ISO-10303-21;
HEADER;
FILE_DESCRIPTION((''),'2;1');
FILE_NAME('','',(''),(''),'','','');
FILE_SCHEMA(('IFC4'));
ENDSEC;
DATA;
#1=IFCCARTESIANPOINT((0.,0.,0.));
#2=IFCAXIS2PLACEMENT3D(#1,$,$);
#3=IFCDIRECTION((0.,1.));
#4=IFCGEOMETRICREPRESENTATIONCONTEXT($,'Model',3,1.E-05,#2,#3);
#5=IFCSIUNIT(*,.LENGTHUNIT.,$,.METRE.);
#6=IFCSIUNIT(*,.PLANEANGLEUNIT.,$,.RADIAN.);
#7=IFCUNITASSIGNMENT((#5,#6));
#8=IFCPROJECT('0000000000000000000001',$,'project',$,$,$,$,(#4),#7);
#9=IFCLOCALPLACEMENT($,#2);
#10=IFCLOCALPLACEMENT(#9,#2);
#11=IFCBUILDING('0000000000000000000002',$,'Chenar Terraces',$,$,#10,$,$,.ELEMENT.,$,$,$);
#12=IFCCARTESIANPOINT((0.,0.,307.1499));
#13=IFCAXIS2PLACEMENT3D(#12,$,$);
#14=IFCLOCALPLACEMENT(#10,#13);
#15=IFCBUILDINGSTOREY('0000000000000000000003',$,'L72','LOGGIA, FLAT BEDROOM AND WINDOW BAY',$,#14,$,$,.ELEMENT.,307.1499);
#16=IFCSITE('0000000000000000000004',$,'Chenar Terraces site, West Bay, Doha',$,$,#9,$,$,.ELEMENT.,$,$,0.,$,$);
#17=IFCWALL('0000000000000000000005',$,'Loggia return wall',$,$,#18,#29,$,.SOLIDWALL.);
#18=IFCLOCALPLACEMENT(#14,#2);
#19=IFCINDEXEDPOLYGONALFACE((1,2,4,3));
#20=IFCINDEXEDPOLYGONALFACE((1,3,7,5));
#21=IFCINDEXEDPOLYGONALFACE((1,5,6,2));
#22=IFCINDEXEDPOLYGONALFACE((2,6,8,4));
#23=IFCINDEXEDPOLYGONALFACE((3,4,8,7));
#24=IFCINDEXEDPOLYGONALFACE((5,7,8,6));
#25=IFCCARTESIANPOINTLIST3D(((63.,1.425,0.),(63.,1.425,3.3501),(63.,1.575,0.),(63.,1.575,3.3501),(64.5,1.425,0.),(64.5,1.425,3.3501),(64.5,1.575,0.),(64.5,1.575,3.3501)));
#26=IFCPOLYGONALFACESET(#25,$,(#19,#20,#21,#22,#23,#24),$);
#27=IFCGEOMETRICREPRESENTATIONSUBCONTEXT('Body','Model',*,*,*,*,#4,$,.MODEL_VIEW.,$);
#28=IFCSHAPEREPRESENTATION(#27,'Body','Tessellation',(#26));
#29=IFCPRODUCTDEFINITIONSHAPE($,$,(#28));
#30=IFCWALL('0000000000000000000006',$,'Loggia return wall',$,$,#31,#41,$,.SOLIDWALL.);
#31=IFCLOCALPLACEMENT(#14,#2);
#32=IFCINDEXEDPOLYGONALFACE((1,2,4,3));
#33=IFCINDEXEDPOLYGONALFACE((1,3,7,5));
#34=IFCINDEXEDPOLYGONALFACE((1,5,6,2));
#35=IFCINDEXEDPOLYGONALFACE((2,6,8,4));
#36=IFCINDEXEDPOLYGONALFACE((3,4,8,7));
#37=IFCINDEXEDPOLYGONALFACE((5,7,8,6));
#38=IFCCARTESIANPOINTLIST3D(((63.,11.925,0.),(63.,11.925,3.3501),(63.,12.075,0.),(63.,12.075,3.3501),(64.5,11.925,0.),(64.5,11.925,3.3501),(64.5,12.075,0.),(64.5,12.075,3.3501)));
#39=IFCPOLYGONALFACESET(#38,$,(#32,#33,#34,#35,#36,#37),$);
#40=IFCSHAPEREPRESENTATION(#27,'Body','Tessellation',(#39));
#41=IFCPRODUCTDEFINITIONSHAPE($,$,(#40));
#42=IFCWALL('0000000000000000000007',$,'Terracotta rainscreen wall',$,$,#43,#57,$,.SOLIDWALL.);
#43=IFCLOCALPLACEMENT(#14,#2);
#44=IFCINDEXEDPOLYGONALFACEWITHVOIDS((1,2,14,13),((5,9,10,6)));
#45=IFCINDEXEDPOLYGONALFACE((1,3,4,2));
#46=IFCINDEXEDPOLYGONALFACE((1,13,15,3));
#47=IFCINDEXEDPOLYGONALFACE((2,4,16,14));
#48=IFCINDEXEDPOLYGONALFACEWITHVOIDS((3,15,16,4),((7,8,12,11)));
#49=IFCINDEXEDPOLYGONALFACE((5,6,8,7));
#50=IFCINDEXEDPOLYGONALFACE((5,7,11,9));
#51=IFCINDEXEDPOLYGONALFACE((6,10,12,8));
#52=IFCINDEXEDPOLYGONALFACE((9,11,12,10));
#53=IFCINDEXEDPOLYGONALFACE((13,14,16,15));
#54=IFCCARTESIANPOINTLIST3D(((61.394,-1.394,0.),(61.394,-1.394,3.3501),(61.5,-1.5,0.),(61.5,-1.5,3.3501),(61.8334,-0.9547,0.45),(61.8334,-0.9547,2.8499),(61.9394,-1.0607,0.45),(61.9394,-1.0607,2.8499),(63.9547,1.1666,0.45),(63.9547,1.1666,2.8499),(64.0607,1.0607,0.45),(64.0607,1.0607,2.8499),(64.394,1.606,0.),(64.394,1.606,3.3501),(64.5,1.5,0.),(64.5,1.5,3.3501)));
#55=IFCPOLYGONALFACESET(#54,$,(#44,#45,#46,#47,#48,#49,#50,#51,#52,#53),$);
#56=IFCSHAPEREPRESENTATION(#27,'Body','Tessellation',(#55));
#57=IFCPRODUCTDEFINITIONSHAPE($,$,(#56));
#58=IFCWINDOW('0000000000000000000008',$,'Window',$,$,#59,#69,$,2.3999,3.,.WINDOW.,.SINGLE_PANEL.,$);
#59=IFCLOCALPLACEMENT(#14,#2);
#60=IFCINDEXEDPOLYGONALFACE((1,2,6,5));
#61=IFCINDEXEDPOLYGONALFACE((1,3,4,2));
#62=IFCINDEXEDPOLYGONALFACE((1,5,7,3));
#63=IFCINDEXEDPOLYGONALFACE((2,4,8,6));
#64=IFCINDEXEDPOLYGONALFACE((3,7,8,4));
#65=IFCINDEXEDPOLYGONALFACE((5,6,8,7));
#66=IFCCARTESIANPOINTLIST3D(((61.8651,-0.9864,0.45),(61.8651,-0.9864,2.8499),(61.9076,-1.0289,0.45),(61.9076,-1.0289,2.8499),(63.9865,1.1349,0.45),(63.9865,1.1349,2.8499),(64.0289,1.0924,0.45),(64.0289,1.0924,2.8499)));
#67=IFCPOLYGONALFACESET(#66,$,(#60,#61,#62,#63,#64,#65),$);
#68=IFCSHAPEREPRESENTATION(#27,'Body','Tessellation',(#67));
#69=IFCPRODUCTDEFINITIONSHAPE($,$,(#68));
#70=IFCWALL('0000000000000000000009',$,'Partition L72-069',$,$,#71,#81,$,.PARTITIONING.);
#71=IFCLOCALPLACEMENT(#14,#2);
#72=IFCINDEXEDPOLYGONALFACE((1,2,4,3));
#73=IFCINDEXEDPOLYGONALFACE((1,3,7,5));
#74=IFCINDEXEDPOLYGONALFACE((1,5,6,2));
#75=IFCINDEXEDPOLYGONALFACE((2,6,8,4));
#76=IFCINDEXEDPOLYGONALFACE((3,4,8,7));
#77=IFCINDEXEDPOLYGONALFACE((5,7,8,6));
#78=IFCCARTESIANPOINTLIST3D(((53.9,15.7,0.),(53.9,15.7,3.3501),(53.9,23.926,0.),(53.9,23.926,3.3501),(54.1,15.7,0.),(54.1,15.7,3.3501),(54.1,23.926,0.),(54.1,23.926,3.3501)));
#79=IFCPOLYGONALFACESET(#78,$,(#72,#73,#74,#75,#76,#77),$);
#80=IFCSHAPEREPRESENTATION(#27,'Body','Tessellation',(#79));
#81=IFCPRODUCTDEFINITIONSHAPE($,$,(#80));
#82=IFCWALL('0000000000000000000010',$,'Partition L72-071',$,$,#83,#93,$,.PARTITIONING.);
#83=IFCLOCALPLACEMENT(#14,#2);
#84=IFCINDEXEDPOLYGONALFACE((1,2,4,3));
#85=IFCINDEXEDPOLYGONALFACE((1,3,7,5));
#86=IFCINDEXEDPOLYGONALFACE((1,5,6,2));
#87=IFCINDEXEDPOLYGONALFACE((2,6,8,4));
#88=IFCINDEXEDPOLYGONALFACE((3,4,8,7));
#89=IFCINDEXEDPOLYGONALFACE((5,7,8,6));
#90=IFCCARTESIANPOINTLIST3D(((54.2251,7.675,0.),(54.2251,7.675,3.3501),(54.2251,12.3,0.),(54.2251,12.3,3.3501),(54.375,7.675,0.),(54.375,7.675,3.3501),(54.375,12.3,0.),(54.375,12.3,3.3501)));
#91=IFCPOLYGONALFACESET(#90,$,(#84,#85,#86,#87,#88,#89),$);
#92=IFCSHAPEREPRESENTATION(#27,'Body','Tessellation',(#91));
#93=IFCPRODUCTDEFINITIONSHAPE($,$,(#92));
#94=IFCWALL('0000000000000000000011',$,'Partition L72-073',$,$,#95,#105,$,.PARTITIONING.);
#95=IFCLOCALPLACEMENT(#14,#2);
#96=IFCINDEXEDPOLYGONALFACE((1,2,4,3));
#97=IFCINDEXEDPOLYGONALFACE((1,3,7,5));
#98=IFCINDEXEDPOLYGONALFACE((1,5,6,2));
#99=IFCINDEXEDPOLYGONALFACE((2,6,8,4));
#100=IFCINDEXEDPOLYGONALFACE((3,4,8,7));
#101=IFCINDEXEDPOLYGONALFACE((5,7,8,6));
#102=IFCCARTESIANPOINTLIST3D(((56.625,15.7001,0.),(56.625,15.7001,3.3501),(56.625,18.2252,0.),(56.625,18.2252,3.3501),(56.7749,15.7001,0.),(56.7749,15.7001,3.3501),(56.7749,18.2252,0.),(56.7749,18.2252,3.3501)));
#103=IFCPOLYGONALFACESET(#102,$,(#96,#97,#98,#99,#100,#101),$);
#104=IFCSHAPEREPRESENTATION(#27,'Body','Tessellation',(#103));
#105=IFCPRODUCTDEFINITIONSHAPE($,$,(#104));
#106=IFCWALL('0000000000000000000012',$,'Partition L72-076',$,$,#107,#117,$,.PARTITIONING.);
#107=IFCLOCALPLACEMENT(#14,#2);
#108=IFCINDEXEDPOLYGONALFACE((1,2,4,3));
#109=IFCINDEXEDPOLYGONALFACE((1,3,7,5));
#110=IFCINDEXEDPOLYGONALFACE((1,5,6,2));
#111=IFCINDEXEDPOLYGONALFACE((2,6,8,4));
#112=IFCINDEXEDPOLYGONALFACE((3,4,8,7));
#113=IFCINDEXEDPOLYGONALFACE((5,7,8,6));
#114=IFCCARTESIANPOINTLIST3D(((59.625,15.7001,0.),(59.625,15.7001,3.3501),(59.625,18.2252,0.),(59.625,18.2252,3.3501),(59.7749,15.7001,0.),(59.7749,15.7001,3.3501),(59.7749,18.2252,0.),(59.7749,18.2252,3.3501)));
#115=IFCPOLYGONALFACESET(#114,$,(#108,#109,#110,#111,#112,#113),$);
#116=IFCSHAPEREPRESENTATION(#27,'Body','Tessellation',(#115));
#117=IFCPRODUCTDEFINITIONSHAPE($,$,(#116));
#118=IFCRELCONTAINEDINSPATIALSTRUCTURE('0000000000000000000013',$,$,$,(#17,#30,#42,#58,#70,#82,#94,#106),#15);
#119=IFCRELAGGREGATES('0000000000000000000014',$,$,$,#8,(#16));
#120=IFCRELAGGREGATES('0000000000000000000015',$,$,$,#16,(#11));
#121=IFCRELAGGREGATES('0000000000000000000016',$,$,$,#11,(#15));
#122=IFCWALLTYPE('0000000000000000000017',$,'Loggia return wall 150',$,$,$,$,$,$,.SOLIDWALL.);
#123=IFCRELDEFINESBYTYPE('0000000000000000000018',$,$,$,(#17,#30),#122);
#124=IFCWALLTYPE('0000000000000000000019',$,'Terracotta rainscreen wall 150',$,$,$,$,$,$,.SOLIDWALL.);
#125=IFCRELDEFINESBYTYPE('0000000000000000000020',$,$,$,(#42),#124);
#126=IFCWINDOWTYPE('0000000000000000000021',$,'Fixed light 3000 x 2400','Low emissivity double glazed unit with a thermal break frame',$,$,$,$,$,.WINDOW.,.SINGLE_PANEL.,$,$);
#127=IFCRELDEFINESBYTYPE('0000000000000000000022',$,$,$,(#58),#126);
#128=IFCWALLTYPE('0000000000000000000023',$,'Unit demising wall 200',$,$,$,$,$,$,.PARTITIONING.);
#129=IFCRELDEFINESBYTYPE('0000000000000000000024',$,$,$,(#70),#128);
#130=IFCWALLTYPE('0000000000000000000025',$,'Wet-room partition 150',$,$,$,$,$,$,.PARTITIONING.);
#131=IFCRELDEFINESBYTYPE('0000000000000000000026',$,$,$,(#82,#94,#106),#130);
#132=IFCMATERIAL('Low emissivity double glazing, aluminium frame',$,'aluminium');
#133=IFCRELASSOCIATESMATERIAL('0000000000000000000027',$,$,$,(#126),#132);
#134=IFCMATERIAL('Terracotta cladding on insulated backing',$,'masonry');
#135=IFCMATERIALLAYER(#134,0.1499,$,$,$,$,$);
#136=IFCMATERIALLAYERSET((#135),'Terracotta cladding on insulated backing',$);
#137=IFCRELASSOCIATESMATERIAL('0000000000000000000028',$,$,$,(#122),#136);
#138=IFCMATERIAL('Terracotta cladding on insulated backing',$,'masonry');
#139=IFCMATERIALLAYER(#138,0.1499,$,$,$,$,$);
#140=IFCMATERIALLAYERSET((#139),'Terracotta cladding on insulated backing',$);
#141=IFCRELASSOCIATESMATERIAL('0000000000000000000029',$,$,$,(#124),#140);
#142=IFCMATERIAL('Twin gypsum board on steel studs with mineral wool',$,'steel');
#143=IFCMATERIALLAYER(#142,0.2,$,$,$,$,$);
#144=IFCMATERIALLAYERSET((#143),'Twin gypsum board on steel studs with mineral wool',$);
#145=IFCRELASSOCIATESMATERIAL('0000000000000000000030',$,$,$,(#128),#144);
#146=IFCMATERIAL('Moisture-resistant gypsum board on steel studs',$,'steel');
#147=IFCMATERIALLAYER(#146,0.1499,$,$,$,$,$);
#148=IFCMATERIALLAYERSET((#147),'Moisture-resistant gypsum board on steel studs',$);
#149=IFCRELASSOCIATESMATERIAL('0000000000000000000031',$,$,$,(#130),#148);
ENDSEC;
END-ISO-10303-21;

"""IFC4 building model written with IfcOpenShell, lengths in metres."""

from ifc_helpers import new_model, si_unit, direction, frame, frame_2d, origin, place, context, subcontext, project, spatial, rectangle, extrude, material, layer, layer_set, type_object, element, fill, save


model = new_model("IFC4")

# Units and contexts
model_context = context("Model", 3, precision=1e-05, world=origin(), true_north=direction((0.0, 1.0)))
body_context = subcontext(model_context, "Body", "Model", "MODEL_VIEW")
ifc_project = project(units=[si_unit("LENGTHUNIT", "METRE"), si_unit("PLANEANGLEUNIT", "RADIAN")], contexts=[model_context])

# Site, building, storey
site_placement = place(None, origin())
site = spatial("IfcSite", under=ifc_project, at=site_placement, Name="Chenar Terraces site, West Bay, Doha", CompositionType="ELEMENT", RefElevation=0.0)
building_placement = place(site_placement, origin())
building = spatial("IfcBuilding", under=site, at=building_placement, Name="Chenar Terraces", CompositionType="ELEMENT")
storey_placement = place(building_placement, frame((0.0, 0.0, 307.1499)))
storey = spatial("IfcBuildingStorey", under=building, at=storey_placement, Name="L72", Description="LOGGIA, FLAT BEDROOM AND WINDOW BAY", CompositionType="ELEMENT", Elevation=307.1499)

# Shared definitions
ifc_material_1 = material(Name="Low emissivity double glazing, aluminium frame", Category="aluminium")
window_type_1 = type_object("IfcWindowType", Name="Fixed light 3000 x 2400", Description="Low emissivity double glazed unit with a thermal break frame", PartitioningType="SINGLE_PANEL", PredefinedType="WINDOW", material=ifc_material_1)

# Walls
ifc_material_2 = material(Name="Terracotta cladding on insulated backing", Category="masonry")
ifc_layer_1 = layer(ifc_material_2, 0.1499)
ifc_layer_set_1 = layer_set([ifc_layer_1], Name="Terracotta cladding on insulated backing")
wall_type_1 = type_object("IfcWallType", Name="Loggia return wall 150", PredefinedType="SOLIDWALL", material=ifc_layer_set_1)
for number, where, z_axis, x_axis, name in (
    (1, (64.5, 1.5, 0.0), (0.0, 0.0, 1.0), (-1.0, 0.0, 0.0), "Loggia return wall"),
    (2, (64.5, 12.0, 0.0), (0.0, 0.0, 1.0), (-1.0, 0.0, 0.0), "Loggia return wall"),
):
    element("IfcWall", number, at=place(storey_placement, frame(where, z_axis=z_axis, x_axis=x_axis)), inside=storey, type_object=wall_type_1, Name=name, PredefinedType="SOLIDWALL", context=body_context, shape_type="SweptSolid", body=[
        extrude(rectangle(XDim=1.5, YDim=0.1499, at=frame_2d((0.75, 0.0))), origin(), (0.0, 0.0, 1.0), 3.3501),
    ])

# Wall, opening, window
ifc_material_3 = material(Name="Terracotta cladding on insulated backing", Category="masonry")
ifc_layer_2 = layer(ifc_material_3, 0.1499)
ifc_layer_set_2 = layer_set([ifc_layer_2], Name="Terracotta cladding on insulated backing")
wall_type_2 = type_object("IfcWallType", Name="Terracotta rainscreen wall 150", PredefinedType="SOLIDWALL", material=ifc_layer_set_2)
wall_1_placement = place(storey_placement, frame((61.447, -1.447, 0.0), z_axis=(0.0, 0.0, 1.0), x_axis=(0.707107, 0.707107, 0.0)))
wall_1 = element("IfcWall", 3, at=wall_1_placement, inside=storey, type_object=wall_type_2, Name="Terracotta rainscreen wall", PredefinedType="SOLIDWALL", context=body_context, shape_type="SweptSolid", body=[
    extrude(rectangle(XDim=4.2427, YDim=0.1499, at=frame_2d((2.1213, 0.0))), origin(), (0.0, 0.0, 1.0), 3.3501),
])
opening_1_placement = place(wall_1_placement, frame((0.6213, 0.0, 0.45)))
opening_1 = element("IfcOpeningElement", 4, at=opening_1_placement, cuts=wall_1, PredefinedType="OPENING", context=body_context, shape_type="SweptSolid", body=[
    extrude(rectangle(XDim=3.0, YDim=2.3999, at=frame_2d((1.5, 1.2))), frame((0.0, 0.085, 0.0), z_axis=(0.0, -1.0, 0.0), x_axis=(1.0, 0.0, 0.0)), (0.0, 0.0, 1.0), 0.1699),
])
window_1_placement = place(opening_1_placement, origin())
window_1 = element("IfcWindow", 5, at=window_1_placement, inside=storey, type_object=window_type_1, Name="Window", OverallHeight=2.3999, OverallWidth=3.0, PartitioningType="SINGLE_PANEL", PredefinedType="WINDOW", context=body_context, shape_type="SweptSolid", body=[
    extrude(rectangle(XDim=3.0, YDim=2.3999, at=frame_2d((1.5, 1.2))), frame((0.0, 0.03, 0.0), z_axis=(0.0, -1.0, 0.0), x_axis=(1.0, 0.0, 0.0)), (0.0, 0.0, 1.0), 0.0601),
])
fill(opening_1, window_1)

# Walls
ifc_material_4 = material(Name="Twin gypsum board on steel studs with mineral wool", Category="steel")
ifc_layer_3 = layer(ifc_material_4, 0.2)
ifc_layer_set_3 = layer_set([ifc_layer_3], Name="Twin gypsum board on steel studs with mineral wool")
wall_type_3 = type_object("IfcWallType", Name="Unit demising wall 200", PredefinedType="PARTITIONING", material=ifc_layer_set_3)
wall_2_placement = place(storey_placement, frame((54.0, 15.7, 0.0), z_axis=(0.0, 0.0, 1.0), x_axis=(0.0, 1.0, 0.0)))
element("IfcWall", 6, at=wall_2_placement, inside=storey, type_object=wall_type_3, Name="Partition L72-069", PredefinedType="PARTITIONING", context=body_context, shape_type="SweptSolid", body=[
    extrude(rectangle(XDim=8.2261, YDim=0.2, at=frame_2d((4.113, 0.0))), origin(), (0.0, 0.0, 1.0), 3.3501),
])
ifc_material_5 = material(Name="Moisture-resistant gypsum board on steel studs", Category="steel")
ifc_layer_4 = layer(ifc_material_5, 0.1499)
ifc_layer_set_4 = layer_set([ifc_layer_4], Name="Moisture-resistant gypsum board on steel studs")
wall_type_4 = type_object("IfcWallType", Name="Wet-room partition 150", PredefinedType="PARTITIONING", material=ifc_layer_set_4)
wall_3_placement = place(storey_placement, frame((54.3, 7.675, 0.0), z_axis=(0.0, 0.0, 1.0), x_axis=(0.0, 1.0, 0.0)))
element("IfcWall", 7, at=wall_3_placement, inside=storey, type_object=wall_type_4, Name="Partition L72-071", PredefinedType="PARTITIONING", context=body_context, shape_type="SweptSolid", body=[
    extrude(rectangle(XDim=4.625, YDim=0.1499, at=frame_2d((2.3125, 0.0))), origin(), (0.0, 0.0, 1.0), 3.3501),
])
for number, where, z_axis, x_axis, name in (
    (8, (56.7, 15.7, 0.0), (0.0, 0.0, 1.0), (0.0, 1.0, 0.0), "Partition L72-073"),
    (9, (59.7, 15.7, 0.0), (0.0, 0.0, 1.0), (0.0, 1.0, 0.0), "Partition L72-076"),
):
    element("IfcWall", number, at=place(storey_placement, frame(where, z_axis=z_axis, x_axis=x_axis)), inside=storey, type_object=wall_type_4, Name=name, PredefinedType="PARTITIONING", context=body_context, shape_type="SweptSolid", body=[
        extrude(rectangle(XDim=2.5251, YDim=0.1499, at=frame_2d((1.2627, 0.0))), origin(), (0.0, 0.0, 1.0), 3.3501),
    ])

save(model, "model.ifc")
